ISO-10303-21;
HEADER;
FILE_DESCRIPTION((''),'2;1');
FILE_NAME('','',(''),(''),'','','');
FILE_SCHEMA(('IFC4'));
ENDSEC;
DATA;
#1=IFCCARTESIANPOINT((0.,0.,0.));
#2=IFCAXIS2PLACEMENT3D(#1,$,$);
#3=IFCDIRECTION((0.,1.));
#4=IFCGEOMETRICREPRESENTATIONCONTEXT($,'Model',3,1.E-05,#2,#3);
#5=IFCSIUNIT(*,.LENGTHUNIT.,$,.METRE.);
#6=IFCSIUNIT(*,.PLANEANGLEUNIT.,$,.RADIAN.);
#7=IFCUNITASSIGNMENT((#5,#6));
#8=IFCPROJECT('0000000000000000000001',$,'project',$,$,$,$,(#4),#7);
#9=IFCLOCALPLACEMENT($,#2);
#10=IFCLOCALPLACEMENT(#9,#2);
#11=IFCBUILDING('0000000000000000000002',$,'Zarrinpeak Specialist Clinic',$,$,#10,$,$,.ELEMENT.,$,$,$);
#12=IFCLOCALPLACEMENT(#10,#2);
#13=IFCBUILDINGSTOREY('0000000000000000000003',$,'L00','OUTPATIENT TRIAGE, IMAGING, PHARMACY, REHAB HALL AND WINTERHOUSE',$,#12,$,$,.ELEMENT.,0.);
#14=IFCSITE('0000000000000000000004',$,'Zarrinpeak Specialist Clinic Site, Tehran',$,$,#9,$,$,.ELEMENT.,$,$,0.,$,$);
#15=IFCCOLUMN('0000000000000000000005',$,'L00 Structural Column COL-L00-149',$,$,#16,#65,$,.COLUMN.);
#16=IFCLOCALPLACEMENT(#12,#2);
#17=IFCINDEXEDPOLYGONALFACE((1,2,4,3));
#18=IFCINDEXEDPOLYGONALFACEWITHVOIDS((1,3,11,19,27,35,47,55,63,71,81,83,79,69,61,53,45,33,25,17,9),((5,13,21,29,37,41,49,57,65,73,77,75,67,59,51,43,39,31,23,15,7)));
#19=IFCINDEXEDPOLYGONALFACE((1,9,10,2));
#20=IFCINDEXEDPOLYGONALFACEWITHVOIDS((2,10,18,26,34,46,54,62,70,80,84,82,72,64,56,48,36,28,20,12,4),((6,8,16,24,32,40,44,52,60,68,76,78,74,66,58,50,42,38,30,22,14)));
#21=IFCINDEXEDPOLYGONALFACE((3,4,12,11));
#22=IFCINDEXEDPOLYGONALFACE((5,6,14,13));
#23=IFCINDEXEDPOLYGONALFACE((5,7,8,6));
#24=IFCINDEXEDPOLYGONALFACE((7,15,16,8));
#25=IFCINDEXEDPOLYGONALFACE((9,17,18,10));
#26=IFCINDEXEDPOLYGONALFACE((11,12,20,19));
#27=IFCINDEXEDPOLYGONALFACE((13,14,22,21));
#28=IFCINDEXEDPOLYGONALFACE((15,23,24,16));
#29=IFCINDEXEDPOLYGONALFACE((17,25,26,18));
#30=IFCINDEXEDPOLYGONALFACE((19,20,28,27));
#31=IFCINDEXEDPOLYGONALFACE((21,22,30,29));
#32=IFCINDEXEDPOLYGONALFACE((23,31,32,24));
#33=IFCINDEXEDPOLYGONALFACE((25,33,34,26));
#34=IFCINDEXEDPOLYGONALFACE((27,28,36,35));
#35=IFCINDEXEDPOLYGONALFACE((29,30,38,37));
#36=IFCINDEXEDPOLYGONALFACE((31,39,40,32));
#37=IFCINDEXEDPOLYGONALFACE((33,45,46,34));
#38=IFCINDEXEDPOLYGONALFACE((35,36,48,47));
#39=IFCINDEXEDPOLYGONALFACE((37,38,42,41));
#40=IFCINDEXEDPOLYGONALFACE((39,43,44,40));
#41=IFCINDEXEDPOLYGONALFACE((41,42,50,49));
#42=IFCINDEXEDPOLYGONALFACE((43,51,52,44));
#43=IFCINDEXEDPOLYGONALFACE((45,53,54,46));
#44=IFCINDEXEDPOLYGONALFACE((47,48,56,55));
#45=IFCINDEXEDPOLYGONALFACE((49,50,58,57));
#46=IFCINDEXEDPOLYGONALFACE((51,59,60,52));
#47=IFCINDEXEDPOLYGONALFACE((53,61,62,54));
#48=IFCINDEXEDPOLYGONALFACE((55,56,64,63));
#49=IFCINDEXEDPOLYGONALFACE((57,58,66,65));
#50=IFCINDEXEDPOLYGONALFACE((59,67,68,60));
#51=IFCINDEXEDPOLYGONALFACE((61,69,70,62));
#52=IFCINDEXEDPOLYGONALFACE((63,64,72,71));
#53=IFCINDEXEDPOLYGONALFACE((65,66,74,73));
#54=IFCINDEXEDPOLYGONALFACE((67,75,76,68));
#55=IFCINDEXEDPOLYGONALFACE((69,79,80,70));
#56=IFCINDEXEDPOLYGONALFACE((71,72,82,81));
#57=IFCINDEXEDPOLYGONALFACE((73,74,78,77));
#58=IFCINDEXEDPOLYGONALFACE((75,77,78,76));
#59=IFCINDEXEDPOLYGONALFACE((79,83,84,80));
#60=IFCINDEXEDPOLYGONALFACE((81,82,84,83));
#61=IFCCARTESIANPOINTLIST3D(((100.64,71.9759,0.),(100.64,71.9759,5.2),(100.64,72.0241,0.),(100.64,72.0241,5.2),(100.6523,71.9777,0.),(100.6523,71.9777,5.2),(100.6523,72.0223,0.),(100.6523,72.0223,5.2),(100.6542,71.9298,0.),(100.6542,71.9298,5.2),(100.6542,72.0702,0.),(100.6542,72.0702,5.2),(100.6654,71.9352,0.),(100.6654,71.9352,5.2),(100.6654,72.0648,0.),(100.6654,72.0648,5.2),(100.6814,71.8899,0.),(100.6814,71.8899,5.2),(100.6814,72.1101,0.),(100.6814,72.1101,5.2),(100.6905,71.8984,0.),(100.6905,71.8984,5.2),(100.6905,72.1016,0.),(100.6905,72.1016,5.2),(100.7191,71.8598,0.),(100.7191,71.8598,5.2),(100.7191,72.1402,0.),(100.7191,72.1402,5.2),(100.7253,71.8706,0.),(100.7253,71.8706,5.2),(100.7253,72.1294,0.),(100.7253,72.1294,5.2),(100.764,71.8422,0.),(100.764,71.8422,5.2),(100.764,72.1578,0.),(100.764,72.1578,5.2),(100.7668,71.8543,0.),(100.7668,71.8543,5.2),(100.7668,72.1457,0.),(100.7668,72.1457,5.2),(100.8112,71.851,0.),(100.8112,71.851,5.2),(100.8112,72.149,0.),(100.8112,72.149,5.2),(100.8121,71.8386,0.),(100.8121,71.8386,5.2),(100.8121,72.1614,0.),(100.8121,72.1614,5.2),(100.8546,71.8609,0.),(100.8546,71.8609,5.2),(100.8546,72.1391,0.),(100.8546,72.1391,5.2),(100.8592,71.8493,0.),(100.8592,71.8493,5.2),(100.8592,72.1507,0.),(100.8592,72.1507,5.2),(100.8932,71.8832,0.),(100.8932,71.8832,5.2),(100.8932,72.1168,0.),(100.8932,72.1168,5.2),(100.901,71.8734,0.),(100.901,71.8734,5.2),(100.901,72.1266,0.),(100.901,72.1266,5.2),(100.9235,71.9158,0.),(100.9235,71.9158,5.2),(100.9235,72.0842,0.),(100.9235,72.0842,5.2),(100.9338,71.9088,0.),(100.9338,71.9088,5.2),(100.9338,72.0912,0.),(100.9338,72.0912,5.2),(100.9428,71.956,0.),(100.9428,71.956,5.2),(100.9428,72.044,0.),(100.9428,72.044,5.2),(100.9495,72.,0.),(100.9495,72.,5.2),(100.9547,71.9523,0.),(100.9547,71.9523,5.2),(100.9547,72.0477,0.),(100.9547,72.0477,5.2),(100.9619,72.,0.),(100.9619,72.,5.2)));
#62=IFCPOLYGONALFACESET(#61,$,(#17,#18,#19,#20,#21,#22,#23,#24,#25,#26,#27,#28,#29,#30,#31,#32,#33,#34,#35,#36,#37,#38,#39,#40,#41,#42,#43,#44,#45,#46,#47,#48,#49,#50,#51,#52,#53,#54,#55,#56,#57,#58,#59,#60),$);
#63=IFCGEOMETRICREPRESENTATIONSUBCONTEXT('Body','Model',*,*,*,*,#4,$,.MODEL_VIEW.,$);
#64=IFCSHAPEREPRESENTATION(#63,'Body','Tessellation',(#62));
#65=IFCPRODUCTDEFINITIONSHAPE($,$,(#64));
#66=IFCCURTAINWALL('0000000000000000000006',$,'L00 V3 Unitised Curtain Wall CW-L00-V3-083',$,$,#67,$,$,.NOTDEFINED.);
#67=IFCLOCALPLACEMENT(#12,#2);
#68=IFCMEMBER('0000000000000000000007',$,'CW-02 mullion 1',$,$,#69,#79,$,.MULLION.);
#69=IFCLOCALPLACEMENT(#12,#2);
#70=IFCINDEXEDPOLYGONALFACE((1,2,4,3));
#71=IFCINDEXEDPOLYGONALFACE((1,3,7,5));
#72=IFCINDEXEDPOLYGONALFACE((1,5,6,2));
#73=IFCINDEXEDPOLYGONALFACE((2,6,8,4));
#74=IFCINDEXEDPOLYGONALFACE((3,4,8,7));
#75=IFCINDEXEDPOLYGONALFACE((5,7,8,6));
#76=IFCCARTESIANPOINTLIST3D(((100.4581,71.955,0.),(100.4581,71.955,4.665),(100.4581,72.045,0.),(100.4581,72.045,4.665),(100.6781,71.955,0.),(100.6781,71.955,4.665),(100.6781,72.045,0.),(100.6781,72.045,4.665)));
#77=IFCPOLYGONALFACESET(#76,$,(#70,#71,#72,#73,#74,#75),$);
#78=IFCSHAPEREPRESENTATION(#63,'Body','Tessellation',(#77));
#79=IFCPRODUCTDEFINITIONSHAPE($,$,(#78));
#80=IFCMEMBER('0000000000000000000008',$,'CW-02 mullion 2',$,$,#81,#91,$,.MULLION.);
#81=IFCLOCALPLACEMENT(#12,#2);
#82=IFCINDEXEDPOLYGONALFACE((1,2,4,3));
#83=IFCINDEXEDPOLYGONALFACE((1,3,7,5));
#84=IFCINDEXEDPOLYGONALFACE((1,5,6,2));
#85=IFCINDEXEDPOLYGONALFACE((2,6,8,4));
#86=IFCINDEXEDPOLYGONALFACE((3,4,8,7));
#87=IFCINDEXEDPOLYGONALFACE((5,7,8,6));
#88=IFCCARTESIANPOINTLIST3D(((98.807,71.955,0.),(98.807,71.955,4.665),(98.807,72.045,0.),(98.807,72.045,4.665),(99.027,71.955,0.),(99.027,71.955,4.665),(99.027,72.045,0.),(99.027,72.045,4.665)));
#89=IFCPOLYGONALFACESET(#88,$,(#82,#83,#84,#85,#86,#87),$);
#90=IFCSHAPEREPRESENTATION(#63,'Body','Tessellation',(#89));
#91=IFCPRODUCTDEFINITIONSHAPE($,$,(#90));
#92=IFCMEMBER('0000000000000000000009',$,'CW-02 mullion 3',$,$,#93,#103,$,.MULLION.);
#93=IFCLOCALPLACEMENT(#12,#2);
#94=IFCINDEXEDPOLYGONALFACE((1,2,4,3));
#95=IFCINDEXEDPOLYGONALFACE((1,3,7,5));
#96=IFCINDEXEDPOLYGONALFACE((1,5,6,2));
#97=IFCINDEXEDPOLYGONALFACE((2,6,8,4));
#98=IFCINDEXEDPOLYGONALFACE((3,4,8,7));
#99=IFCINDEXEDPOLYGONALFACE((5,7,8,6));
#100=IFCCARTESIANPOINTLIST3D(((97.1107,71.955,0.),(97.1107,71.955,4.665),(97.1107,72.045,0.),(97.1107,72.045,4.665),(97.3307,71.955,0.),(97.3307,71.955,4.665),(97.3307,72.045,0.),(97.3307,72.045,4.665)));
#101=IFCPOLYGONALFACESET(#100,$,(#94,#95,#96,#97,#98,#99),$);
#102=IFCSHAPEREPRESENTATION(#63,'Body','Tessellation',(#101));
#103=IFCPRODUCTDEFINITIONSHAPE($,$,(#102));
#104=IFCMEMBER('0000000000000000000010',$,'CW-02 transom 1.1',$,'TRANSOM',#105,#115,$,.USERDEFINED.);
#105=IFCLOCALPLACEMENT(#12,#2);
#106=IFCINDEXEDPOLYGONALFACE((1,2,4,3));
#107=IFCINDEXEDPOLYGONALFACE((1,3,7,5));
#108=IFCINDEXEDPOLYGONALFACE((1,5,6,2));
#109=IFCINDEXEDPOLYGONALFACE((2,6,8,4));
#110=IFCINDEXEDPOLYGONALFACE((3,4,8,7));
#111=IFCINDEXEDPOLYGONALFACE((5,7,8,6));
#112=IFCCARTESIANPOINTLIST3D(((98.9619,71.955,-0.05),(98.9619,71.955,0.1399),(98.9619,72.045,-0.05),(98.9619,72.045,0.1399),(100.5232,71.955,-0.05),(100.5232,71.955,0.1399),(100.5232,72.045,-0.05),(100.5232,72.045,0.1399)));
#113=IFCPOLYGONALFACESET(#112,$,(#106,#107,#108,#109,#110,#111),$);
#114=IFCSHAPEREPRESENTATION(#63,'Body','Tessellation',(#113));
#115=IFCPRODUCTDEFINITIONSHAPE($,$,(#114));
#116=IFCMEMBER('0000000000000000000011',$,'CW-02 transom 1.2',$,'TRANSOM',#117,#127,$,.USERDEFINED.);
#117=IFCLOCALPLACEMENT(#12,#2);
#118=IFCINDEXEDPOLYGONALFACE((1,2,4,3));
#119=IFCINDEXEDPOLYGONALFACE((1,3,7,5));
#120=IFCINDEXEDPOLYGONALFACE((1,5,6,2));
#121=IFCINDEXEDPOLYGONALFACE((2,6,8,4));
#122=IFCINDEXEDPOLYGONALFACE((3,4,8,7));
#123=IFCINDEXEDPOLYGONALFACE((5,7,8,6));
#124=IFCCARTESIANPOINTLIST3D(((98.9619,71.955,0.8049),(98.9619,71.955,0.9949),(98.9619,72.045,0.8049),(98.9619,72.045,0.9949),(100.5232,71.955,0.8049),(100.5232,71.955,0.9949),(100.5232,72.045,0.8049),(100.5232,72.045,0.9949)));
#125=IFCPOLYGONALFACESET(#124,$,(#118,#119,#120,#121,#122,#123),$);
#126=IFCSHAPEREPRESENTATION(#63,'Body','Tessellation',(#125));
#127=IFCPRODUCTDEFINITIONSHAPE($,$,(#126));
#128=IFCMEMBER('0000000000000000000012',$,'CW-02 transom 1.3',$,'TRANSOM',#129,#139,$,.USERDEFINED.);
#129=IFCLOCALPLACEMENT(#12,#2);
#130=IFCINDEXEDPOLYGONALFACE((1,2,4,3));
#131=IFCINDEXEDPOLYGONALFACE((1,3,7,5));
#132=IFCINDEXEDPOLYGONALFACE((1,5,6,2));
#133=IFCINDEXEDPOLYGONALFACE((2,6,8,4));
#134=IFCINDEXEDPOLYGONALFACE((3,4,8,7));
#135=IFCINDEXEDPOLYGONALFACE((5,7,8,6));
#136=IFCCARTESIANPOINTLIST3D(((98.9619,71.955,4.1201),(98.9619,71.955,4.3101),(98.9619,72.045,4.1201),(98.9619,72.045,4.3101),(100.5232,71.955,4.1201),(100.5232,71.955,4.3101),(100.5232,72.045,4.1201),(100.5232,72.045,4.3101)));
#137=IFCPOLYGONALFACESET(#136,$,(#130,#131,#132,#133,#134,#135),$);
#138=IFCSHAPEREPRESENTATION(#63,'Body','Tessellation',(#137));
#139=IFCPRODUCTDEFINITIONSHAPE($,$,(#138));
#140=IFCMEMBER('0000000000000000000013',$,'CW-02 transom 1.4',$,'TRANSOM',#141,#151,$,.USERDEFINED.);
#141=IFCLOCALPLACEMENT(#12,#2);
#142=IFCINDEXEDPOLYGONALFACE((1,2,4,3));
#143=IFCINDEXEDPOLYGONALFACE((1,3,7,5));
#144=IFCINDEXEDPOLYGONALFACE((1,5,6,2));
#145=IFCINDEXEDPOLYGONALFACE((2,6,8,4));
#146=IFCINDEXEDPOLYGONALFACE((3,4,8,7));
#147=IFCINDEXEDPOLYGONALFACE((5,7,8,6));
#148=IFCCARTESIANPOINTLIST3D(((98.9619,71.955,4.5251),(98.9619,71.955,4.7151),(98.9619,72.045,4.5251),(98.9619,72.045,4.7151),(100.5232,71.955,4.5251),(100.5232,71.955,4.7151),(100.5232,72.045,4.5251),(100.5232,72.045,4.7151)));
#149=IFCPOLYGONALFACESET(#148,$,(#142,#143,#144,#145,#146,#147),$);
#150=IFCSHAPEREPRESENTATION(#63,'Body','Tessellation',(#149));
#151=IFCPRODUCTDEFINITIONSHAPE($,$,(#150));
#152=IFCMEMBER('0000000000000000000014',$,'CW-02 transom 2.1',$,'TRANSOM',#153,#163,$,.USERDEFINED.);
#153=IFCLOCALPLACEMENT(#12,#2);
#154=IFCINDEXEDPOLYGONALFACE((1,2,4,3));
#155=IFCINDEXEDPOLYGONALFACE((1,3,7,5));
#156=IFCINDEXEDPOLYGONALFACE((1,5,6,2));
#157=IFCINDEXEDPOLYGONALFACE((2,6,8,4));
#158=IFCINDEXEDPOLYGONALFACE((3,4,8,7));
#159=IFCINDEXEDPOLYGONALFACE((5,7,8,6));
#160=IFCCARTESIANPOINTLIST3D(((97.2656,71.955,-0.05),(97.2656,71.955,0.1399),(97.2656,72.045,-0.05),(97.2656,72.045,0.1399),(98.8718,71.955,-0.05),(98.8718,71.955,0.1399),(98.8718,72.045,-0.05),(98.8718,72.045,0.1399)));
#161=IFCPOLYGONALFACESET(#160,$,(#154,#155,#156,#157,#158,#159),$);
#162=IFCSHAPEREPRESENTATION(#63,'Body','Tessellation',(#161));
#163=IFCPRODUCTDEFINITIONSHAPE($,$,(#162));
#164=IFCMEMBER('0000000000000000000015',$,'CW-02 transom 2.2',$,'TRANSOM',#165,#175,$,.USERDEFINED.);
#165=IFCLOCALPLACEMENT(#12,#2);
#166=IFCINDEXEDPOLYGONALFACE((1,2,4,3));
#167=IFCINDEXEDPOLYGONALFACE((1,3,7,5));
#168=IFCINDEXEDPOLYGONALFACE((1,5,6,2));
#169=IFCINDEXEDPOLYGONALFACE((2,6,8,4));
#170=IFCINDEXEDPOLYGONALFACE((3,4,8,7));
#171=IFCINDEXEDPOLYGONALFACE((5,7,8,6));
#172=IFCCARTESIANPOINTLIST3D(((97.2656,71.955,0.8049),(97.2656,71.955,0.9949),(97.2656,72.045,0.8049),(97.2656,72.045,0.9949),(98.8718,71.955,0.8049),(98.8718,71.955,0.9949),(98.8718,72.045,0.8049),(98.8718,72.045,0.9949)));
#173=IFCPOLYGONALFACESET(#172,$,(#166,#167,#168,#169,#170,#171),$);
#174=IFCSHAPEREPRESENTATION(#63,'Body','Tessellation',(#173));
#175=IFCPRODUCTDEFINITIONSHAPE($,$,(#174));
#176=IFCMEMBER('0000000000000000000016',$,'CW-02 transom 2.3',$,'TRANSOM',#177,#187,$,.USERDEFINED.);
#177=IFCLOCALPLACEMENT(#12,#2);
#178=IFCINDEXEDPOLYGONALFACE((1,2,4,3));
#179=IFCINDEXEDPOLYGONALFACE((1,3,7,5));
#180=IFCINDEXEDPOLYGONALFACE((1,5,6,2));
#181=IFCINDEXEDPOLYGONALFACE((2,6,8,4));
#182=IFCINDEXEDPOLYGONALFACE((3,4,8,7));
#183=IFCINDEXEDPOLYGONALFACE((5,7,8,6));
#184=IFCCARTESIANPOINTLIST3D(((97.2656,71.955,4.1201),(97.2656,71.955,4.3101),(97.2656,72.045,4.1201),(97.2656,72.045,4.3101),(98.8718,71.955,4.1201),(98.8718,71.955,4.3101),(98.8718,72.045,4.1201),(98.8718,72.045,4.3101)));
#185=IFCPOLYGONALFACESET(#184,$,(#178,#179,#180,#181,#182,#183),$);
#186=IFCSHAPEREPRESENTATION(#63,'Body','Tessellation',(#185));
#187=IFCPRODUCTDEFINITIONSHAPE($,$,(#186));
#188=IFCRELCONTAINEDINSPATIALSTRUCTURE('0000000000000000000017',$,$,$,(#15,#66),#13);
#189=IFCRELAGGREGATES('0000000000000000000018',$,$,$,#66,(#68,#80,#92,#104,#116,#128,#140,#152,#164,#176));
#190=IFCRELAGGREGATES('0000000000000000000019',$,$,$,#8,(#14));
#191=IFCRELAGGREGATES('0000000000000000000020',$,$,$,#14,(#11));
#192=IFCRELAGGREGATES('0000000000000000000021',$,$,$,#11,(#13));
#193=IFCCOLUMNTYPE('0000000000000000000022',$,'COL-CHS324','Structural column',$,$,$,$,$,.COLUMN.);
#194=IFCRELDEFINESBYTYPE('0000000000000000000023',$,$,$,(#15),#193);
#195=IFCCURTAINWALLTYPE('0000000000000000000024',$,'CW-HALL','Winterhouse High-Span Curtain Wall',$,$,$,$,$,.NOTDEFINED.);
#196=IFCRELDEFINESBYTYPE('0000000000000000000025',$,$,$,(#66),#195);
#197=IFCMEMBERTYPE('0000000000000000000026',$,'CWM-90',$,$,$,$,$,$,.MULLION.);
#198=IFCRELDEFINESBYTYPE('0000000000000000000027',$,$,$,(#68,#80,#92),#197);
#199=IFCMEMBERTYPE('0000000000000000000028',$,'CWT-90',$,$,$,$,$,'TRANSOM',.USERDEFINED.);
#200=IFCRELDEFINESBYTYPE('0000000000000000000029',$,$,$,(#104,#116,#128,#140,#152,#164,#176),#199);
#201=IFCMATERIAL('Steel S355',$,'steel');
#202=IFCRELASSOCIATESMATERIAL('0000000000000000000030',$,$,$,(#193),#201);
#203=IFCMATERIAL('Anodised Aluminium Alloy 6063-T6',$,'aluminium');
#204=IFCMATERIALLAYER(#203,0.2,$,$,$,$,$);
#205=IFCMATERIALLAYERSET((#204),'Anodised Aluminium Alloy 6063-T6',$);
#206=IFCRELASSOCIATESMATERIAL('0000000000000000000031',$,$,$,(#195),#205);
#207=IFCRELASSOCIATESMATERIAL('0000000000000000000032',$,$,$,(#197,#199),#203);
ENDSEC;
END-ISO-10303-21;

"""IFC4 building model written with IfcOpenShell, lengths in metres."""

from ifc_helpers import new_model, si_unit, direction, frame, origin, origin_2d, place, context, subcontext, project, spatial, rectangle, hollow_circle, extrude, material, layer, layer_set, material_profile, profile_set, type_object, element, aggregate, save


model = new_model("IFC4")

# Units and contexts
model_context = context("Model", 3, precision=1e-05, world=origin(), true_north=direction((0.0, 1.0)))
body_context = subcontext(model_context, "Body", "Model", "MODEL_VIEW")
ifc_project = project(units=[si_unit("LENGTHUNIT", "METRE"), si_unit("PLANEANGLEUNIT", "RADIAN")], contexts=[model_context])

# Site, building, storey
site_placement = place(None, origin())
site = spatial("IfcSite", under=ifc_project, at=site_placement, Name="Zarrinpeak Specialist Clinic Site, Tehran", CompositionType="ELEMENT", RefElevation=0.0)
building_placement = place(site_placement, origin())
building = spatial("IfcBuilding", under=site, at=building_placement, Name="Zarrinpeak Specialist Clinic", CompositionType="ELEMENT")
storey_placement = place(building_placement, origin())
storey = spatial("IfcBuildingStorey", under=building, at=storey_placement, Name="L00", Description="OUTPATIENT TRIAGE, IMAGING, PHARMACY, REHAB HALL AND WINTERHOUSE", CompositionType="ELEMENT", Elevation=0.0)

# Column
ifc_material_1 = material(Name="Steel S355", Category="steel")
ifc_material_profile_1 = material_profile(ifc_material_1, hollow_circle(Radius=0.1619, WallThickness=0.0125, at=origin_2d()), Name="CHS 323.9x12.5")
ifc_profile_set_1 = profile_set([ifc_material_profile_1], Name="Steel S355")
column_type = type_object("IfcColumnType", Name="COL-CHS324", Description="Structural column", PredefinedType="COLUMN", material=ifc_profile_set_1)
column_placement = place(storey_placement, frame((100.8, 72.0, 0.0), z_axis=(0.0, 0.0, 1.0), x_axis=(1.0, 0.0, 0.0)))
element("IfcColumn", 1, at=column_placement, inside=storey, type_object=column_type, Name="L00 Structural Column COL-L00-149", PredefinedType="COLUMN", context=body_context, shape_type="SweptSolid", body=[
    extrude(hollow_circle(Radius=0.1619, WallThickness=0.0125, at=origin_2d()), origin(), (0.0, 0.0, 1.0), 5.2),
])

# Curtain wall, members
ifc_material_2 = material(Name="Anodised Aluminium Alloy 6063-T6", Category="aluminium")
ifc_layer_1 = layer(ifc_material_2, 0.2)
ifc_layer_set_1 = layer_set([ifc_layer_1], Name="Anodised Aluminium Alloy 6063-T6")
curtain_wall_type = type_object("IfcCurtainWallType", Name="CW-HALL", Description="Winterhouse High-Span Curtain Wall", PredefinedType="NOTDEFINED", material=ifc_layer_set_1)
curtain_wall_placement = place(storey_placement, origin())
curtain_wall = element("IfcCurtainWall", 2, at=curtain_wall_placement, inside=storey, type_object=curtain_wall_type, Name="L00 V3 Unitised Curtain Wall CW-L00-V3-083", PredefinedType="NOTDEFINED")
ifc_material_profile_2 = material_profile(ifc_material_2, rectangle(XDim=0.0901, YDim=0.22, at=origin_2d()), Name="ALU 90x220")
ifc_profile_set_2 = profile_set([ifc_material_profile_2], Name="Anodised Aluminium Alloy 6063-T6")
member_type_1 = type_object("IfcMemberType", Name="CWM-90", PredefinedType="MULLION", material=ifc_profile_set_2)
member_1_placement = place(storey_placement, frame((100.5681, 72.0, 0.0), z_axis=(0.0, 0.0, 1.0), x_axis=(0.0, -1.0, 0.0)))
member_1 = element("IfcMember", 3, at=member_1_placement, type_object=member_type_1, Name="CW-02 mullion 1", PredefinedType="MULLION", context=body_context, shape_type="SweptSolid", body=[
    extrude(rectangle(XDim=0.0901, YDim=0.22, at=origin_2d()), origin(), (0.0, 0.0, 1.0), 4.665),
])
member_2_placement = place(storey_placement, frame((98.917, 72.0, 0.0), z_axis=(0.0, 0.0, 1.0), x_axis=(0.0, -1.0, 0.0)))
member_2 = element("IfcMember", 4, at=member_2_placement, type_object=member_type_1, Name="CW-02 mullion 2", PredefinedType="MULLION", context=body_context, shape_type="SweptSolid", body=[
    extrude(rectangle(XDim=0.0901, YDim=0.22, at=origin_2d()), origin(), (0.0, 0.0, 1.0), 4.665),
])
member_3_placement = place(storey_placement, frame((97.2207, 72.0, 0.0), z_axis=(0.0, 0.0, 1.0), x_axis=(0.0, -1.0, 0.0)))
member_3 = element("IfcMember", 5, at=member_3_placement, type_object=member_type_1, Name="CW-02 mullion 3", PredefinedType="MULLION", context=body_context, shape_type="SweptSolid", body=[
    extrude(rectangle(XDim=0.0901, YDim=0.22, at=origin_2d()), origin(), (0.0, 0.0, 1.0), 4.665),
])
ifc_material_profile_3 = material_profile(ifc_material_2, rectangle(XDim=0.0901, YDim=0.1899, at=origin_2d()), Name="ALU 90x190")
ifc_profile_set_3 = profile_set([ifc_material_profile_3], Name="Anodised Aluminium Alloy 6063-T6")
member_type_2 = type_object("IfcMemberType", Name="CWT-90", ElementType="TRANSOM", PredefinedType="USERDEFINED", material=ifc_profile_set_3)
member_4_placement = place(storey_placement, frame((100.5232, 72.0, 0.0449), z_axis=(-1.0, 0.0, 0.0), x_axis=(0.0, -1.0, 0.0)))
member_4 = element("IfcMember", 6, at=member_4_placement, type_object=member_type_2, Name="CW-02 transom 1.1", ObjectType="TRANSOM", PredefinedType="USERDEFINED", context=body_context, shape_type="SweptSolid", body=[
    extrude(rectangle(XDim=0.0901, YDim=0.1899, at=origin_2d()), origin(), (0.0, 0.0, 1.0), 1.5613),
])
member_5_placement = place(storey_placement, frame((100.5232, 72.0, 0.8999), z_axis=(-1.0, 0.0, 0.0), x_axis=(0.0, -1.0, 0.0)))
member_5 = element("IfcMember", 7, at=member_5_placement, type_object=member_type_2, Name="CW-02 transom 1.2", ObjectType="TRANSOM", PredefinedType="USERDEFINED", context=body_context, shape_type="SweptSolid", body=[
    extrude(rectangle(XDim=0.0901, YDim=0.1899, at=origin_2d()), origin(), (0.0, 0.0, 1.0), 1.5613),
])
member_6_placement = place(storey_placement, frame((100.5232, 72.0, 4.2151), z_axis=(-1.0, 0.0, 0.0), x_axis=(0.0, -1.0, 0.0)))
member_6 = element("IfcMember", 8, at=member_6_placement, type_object=member_type_2, Name="CW-02 transom 1.3", ObjectType="TRANSOM", PredefinedType="USERDEFINED", context=body_context, shape_type="SweptSolid", body=[
    extrude(rectangle(XDim=0.0901, YDim=0.1899, at=origin_2d()), origin(), (0.0, 0.0, 1.0), 1.5613),
])
member_7_placement = place(storey_placement, frame((100.5232, 72.0, 4.6201), z_axis=(-1.0, 0.0, 0.0), x_axis=(0.0, -1.0, 0.0)))
member_7 = element("IfcMember", 9, at=member_7_placement, type_object=member_type_2, Name="CW-02 transom 1.4", ObjectType="TRANSOM", PredefinedType="USERDEFINED", context=body_context, shape_type="SweptSolid", body=[
    extrude(rectangle(XDim=0.0901, YDim=0.1899, at=origin_2d()), origin(), (0.0, 0.0, 1.0), 1.5613),
])
member_8_placement = place(storey_placement, frame((98.8718, 72.0, 0.0449), z_axis=(-1.0, 0.0, 0.0), x_axis=(0.0, -1.0, 0.0)))
member_8 = element("IfcMember", 10, at=member_8_placement, type_object=member_type_2, Name="CW-02 transom 2.1", ObjectType="TRANSOM", PredefinedType="USERDEFINED", context=body_context, shape_type="SweptSolid", body=[
    extrude(rectangle(XDim=0.0901, YDim=0.1899, at=origin_2d()), origin(), (0.0, 0.0, 1.0), 1.6062),
])
member_9_placement = place(storey_placement, frame((98.8718, 72.0, 0.8999), z_axis=(-1.0, 0.0, 0.0), x_axis=(0.0, -1.0, 0.0)))
member_9 = element("IfcMember", 11, at=member_9_placement, type_object=member_type_2, Name="CW-02 transom 2.2", ObjectType="TRANSOM", PredefinedType="USERDEFINED", context=body_context, shape_type="SweptSolid", body=[
    extrude(rectangle(XDim=0.0901, YDim=0.1899, at=origin_2d()), origin(), (0.0, 0.0, 1.0), 1.6062),
])
member_10_placement = place(storey_placement, frame((98.8718, 72.0, 4.2151), z_axis=(-1.0, 0.0, 0.0), x_axis=(0.0, -1.0, 0.0)))
member_10 = element("IfcMember", 12, at=member_10_placement, type_object=member_type_2, Name="CW-02 transom 2.3", ObjectType="TRANSOM", PredefinedType="USERDEFINED", context=body_context, shape_type="SweptSolid", body=[
    extrude(rectangle(XDim=0.0901, YDim=0.1899, at=origin_2d()), origin(), (0.0, 0.0, 1.0), 1.6062),
])
aggregate(curtain_wall, [member_1, member_2, member_3, member_4, member_5, member_6, member_7, member_8, member_9, member_10])

save(model, "model.ifc")
